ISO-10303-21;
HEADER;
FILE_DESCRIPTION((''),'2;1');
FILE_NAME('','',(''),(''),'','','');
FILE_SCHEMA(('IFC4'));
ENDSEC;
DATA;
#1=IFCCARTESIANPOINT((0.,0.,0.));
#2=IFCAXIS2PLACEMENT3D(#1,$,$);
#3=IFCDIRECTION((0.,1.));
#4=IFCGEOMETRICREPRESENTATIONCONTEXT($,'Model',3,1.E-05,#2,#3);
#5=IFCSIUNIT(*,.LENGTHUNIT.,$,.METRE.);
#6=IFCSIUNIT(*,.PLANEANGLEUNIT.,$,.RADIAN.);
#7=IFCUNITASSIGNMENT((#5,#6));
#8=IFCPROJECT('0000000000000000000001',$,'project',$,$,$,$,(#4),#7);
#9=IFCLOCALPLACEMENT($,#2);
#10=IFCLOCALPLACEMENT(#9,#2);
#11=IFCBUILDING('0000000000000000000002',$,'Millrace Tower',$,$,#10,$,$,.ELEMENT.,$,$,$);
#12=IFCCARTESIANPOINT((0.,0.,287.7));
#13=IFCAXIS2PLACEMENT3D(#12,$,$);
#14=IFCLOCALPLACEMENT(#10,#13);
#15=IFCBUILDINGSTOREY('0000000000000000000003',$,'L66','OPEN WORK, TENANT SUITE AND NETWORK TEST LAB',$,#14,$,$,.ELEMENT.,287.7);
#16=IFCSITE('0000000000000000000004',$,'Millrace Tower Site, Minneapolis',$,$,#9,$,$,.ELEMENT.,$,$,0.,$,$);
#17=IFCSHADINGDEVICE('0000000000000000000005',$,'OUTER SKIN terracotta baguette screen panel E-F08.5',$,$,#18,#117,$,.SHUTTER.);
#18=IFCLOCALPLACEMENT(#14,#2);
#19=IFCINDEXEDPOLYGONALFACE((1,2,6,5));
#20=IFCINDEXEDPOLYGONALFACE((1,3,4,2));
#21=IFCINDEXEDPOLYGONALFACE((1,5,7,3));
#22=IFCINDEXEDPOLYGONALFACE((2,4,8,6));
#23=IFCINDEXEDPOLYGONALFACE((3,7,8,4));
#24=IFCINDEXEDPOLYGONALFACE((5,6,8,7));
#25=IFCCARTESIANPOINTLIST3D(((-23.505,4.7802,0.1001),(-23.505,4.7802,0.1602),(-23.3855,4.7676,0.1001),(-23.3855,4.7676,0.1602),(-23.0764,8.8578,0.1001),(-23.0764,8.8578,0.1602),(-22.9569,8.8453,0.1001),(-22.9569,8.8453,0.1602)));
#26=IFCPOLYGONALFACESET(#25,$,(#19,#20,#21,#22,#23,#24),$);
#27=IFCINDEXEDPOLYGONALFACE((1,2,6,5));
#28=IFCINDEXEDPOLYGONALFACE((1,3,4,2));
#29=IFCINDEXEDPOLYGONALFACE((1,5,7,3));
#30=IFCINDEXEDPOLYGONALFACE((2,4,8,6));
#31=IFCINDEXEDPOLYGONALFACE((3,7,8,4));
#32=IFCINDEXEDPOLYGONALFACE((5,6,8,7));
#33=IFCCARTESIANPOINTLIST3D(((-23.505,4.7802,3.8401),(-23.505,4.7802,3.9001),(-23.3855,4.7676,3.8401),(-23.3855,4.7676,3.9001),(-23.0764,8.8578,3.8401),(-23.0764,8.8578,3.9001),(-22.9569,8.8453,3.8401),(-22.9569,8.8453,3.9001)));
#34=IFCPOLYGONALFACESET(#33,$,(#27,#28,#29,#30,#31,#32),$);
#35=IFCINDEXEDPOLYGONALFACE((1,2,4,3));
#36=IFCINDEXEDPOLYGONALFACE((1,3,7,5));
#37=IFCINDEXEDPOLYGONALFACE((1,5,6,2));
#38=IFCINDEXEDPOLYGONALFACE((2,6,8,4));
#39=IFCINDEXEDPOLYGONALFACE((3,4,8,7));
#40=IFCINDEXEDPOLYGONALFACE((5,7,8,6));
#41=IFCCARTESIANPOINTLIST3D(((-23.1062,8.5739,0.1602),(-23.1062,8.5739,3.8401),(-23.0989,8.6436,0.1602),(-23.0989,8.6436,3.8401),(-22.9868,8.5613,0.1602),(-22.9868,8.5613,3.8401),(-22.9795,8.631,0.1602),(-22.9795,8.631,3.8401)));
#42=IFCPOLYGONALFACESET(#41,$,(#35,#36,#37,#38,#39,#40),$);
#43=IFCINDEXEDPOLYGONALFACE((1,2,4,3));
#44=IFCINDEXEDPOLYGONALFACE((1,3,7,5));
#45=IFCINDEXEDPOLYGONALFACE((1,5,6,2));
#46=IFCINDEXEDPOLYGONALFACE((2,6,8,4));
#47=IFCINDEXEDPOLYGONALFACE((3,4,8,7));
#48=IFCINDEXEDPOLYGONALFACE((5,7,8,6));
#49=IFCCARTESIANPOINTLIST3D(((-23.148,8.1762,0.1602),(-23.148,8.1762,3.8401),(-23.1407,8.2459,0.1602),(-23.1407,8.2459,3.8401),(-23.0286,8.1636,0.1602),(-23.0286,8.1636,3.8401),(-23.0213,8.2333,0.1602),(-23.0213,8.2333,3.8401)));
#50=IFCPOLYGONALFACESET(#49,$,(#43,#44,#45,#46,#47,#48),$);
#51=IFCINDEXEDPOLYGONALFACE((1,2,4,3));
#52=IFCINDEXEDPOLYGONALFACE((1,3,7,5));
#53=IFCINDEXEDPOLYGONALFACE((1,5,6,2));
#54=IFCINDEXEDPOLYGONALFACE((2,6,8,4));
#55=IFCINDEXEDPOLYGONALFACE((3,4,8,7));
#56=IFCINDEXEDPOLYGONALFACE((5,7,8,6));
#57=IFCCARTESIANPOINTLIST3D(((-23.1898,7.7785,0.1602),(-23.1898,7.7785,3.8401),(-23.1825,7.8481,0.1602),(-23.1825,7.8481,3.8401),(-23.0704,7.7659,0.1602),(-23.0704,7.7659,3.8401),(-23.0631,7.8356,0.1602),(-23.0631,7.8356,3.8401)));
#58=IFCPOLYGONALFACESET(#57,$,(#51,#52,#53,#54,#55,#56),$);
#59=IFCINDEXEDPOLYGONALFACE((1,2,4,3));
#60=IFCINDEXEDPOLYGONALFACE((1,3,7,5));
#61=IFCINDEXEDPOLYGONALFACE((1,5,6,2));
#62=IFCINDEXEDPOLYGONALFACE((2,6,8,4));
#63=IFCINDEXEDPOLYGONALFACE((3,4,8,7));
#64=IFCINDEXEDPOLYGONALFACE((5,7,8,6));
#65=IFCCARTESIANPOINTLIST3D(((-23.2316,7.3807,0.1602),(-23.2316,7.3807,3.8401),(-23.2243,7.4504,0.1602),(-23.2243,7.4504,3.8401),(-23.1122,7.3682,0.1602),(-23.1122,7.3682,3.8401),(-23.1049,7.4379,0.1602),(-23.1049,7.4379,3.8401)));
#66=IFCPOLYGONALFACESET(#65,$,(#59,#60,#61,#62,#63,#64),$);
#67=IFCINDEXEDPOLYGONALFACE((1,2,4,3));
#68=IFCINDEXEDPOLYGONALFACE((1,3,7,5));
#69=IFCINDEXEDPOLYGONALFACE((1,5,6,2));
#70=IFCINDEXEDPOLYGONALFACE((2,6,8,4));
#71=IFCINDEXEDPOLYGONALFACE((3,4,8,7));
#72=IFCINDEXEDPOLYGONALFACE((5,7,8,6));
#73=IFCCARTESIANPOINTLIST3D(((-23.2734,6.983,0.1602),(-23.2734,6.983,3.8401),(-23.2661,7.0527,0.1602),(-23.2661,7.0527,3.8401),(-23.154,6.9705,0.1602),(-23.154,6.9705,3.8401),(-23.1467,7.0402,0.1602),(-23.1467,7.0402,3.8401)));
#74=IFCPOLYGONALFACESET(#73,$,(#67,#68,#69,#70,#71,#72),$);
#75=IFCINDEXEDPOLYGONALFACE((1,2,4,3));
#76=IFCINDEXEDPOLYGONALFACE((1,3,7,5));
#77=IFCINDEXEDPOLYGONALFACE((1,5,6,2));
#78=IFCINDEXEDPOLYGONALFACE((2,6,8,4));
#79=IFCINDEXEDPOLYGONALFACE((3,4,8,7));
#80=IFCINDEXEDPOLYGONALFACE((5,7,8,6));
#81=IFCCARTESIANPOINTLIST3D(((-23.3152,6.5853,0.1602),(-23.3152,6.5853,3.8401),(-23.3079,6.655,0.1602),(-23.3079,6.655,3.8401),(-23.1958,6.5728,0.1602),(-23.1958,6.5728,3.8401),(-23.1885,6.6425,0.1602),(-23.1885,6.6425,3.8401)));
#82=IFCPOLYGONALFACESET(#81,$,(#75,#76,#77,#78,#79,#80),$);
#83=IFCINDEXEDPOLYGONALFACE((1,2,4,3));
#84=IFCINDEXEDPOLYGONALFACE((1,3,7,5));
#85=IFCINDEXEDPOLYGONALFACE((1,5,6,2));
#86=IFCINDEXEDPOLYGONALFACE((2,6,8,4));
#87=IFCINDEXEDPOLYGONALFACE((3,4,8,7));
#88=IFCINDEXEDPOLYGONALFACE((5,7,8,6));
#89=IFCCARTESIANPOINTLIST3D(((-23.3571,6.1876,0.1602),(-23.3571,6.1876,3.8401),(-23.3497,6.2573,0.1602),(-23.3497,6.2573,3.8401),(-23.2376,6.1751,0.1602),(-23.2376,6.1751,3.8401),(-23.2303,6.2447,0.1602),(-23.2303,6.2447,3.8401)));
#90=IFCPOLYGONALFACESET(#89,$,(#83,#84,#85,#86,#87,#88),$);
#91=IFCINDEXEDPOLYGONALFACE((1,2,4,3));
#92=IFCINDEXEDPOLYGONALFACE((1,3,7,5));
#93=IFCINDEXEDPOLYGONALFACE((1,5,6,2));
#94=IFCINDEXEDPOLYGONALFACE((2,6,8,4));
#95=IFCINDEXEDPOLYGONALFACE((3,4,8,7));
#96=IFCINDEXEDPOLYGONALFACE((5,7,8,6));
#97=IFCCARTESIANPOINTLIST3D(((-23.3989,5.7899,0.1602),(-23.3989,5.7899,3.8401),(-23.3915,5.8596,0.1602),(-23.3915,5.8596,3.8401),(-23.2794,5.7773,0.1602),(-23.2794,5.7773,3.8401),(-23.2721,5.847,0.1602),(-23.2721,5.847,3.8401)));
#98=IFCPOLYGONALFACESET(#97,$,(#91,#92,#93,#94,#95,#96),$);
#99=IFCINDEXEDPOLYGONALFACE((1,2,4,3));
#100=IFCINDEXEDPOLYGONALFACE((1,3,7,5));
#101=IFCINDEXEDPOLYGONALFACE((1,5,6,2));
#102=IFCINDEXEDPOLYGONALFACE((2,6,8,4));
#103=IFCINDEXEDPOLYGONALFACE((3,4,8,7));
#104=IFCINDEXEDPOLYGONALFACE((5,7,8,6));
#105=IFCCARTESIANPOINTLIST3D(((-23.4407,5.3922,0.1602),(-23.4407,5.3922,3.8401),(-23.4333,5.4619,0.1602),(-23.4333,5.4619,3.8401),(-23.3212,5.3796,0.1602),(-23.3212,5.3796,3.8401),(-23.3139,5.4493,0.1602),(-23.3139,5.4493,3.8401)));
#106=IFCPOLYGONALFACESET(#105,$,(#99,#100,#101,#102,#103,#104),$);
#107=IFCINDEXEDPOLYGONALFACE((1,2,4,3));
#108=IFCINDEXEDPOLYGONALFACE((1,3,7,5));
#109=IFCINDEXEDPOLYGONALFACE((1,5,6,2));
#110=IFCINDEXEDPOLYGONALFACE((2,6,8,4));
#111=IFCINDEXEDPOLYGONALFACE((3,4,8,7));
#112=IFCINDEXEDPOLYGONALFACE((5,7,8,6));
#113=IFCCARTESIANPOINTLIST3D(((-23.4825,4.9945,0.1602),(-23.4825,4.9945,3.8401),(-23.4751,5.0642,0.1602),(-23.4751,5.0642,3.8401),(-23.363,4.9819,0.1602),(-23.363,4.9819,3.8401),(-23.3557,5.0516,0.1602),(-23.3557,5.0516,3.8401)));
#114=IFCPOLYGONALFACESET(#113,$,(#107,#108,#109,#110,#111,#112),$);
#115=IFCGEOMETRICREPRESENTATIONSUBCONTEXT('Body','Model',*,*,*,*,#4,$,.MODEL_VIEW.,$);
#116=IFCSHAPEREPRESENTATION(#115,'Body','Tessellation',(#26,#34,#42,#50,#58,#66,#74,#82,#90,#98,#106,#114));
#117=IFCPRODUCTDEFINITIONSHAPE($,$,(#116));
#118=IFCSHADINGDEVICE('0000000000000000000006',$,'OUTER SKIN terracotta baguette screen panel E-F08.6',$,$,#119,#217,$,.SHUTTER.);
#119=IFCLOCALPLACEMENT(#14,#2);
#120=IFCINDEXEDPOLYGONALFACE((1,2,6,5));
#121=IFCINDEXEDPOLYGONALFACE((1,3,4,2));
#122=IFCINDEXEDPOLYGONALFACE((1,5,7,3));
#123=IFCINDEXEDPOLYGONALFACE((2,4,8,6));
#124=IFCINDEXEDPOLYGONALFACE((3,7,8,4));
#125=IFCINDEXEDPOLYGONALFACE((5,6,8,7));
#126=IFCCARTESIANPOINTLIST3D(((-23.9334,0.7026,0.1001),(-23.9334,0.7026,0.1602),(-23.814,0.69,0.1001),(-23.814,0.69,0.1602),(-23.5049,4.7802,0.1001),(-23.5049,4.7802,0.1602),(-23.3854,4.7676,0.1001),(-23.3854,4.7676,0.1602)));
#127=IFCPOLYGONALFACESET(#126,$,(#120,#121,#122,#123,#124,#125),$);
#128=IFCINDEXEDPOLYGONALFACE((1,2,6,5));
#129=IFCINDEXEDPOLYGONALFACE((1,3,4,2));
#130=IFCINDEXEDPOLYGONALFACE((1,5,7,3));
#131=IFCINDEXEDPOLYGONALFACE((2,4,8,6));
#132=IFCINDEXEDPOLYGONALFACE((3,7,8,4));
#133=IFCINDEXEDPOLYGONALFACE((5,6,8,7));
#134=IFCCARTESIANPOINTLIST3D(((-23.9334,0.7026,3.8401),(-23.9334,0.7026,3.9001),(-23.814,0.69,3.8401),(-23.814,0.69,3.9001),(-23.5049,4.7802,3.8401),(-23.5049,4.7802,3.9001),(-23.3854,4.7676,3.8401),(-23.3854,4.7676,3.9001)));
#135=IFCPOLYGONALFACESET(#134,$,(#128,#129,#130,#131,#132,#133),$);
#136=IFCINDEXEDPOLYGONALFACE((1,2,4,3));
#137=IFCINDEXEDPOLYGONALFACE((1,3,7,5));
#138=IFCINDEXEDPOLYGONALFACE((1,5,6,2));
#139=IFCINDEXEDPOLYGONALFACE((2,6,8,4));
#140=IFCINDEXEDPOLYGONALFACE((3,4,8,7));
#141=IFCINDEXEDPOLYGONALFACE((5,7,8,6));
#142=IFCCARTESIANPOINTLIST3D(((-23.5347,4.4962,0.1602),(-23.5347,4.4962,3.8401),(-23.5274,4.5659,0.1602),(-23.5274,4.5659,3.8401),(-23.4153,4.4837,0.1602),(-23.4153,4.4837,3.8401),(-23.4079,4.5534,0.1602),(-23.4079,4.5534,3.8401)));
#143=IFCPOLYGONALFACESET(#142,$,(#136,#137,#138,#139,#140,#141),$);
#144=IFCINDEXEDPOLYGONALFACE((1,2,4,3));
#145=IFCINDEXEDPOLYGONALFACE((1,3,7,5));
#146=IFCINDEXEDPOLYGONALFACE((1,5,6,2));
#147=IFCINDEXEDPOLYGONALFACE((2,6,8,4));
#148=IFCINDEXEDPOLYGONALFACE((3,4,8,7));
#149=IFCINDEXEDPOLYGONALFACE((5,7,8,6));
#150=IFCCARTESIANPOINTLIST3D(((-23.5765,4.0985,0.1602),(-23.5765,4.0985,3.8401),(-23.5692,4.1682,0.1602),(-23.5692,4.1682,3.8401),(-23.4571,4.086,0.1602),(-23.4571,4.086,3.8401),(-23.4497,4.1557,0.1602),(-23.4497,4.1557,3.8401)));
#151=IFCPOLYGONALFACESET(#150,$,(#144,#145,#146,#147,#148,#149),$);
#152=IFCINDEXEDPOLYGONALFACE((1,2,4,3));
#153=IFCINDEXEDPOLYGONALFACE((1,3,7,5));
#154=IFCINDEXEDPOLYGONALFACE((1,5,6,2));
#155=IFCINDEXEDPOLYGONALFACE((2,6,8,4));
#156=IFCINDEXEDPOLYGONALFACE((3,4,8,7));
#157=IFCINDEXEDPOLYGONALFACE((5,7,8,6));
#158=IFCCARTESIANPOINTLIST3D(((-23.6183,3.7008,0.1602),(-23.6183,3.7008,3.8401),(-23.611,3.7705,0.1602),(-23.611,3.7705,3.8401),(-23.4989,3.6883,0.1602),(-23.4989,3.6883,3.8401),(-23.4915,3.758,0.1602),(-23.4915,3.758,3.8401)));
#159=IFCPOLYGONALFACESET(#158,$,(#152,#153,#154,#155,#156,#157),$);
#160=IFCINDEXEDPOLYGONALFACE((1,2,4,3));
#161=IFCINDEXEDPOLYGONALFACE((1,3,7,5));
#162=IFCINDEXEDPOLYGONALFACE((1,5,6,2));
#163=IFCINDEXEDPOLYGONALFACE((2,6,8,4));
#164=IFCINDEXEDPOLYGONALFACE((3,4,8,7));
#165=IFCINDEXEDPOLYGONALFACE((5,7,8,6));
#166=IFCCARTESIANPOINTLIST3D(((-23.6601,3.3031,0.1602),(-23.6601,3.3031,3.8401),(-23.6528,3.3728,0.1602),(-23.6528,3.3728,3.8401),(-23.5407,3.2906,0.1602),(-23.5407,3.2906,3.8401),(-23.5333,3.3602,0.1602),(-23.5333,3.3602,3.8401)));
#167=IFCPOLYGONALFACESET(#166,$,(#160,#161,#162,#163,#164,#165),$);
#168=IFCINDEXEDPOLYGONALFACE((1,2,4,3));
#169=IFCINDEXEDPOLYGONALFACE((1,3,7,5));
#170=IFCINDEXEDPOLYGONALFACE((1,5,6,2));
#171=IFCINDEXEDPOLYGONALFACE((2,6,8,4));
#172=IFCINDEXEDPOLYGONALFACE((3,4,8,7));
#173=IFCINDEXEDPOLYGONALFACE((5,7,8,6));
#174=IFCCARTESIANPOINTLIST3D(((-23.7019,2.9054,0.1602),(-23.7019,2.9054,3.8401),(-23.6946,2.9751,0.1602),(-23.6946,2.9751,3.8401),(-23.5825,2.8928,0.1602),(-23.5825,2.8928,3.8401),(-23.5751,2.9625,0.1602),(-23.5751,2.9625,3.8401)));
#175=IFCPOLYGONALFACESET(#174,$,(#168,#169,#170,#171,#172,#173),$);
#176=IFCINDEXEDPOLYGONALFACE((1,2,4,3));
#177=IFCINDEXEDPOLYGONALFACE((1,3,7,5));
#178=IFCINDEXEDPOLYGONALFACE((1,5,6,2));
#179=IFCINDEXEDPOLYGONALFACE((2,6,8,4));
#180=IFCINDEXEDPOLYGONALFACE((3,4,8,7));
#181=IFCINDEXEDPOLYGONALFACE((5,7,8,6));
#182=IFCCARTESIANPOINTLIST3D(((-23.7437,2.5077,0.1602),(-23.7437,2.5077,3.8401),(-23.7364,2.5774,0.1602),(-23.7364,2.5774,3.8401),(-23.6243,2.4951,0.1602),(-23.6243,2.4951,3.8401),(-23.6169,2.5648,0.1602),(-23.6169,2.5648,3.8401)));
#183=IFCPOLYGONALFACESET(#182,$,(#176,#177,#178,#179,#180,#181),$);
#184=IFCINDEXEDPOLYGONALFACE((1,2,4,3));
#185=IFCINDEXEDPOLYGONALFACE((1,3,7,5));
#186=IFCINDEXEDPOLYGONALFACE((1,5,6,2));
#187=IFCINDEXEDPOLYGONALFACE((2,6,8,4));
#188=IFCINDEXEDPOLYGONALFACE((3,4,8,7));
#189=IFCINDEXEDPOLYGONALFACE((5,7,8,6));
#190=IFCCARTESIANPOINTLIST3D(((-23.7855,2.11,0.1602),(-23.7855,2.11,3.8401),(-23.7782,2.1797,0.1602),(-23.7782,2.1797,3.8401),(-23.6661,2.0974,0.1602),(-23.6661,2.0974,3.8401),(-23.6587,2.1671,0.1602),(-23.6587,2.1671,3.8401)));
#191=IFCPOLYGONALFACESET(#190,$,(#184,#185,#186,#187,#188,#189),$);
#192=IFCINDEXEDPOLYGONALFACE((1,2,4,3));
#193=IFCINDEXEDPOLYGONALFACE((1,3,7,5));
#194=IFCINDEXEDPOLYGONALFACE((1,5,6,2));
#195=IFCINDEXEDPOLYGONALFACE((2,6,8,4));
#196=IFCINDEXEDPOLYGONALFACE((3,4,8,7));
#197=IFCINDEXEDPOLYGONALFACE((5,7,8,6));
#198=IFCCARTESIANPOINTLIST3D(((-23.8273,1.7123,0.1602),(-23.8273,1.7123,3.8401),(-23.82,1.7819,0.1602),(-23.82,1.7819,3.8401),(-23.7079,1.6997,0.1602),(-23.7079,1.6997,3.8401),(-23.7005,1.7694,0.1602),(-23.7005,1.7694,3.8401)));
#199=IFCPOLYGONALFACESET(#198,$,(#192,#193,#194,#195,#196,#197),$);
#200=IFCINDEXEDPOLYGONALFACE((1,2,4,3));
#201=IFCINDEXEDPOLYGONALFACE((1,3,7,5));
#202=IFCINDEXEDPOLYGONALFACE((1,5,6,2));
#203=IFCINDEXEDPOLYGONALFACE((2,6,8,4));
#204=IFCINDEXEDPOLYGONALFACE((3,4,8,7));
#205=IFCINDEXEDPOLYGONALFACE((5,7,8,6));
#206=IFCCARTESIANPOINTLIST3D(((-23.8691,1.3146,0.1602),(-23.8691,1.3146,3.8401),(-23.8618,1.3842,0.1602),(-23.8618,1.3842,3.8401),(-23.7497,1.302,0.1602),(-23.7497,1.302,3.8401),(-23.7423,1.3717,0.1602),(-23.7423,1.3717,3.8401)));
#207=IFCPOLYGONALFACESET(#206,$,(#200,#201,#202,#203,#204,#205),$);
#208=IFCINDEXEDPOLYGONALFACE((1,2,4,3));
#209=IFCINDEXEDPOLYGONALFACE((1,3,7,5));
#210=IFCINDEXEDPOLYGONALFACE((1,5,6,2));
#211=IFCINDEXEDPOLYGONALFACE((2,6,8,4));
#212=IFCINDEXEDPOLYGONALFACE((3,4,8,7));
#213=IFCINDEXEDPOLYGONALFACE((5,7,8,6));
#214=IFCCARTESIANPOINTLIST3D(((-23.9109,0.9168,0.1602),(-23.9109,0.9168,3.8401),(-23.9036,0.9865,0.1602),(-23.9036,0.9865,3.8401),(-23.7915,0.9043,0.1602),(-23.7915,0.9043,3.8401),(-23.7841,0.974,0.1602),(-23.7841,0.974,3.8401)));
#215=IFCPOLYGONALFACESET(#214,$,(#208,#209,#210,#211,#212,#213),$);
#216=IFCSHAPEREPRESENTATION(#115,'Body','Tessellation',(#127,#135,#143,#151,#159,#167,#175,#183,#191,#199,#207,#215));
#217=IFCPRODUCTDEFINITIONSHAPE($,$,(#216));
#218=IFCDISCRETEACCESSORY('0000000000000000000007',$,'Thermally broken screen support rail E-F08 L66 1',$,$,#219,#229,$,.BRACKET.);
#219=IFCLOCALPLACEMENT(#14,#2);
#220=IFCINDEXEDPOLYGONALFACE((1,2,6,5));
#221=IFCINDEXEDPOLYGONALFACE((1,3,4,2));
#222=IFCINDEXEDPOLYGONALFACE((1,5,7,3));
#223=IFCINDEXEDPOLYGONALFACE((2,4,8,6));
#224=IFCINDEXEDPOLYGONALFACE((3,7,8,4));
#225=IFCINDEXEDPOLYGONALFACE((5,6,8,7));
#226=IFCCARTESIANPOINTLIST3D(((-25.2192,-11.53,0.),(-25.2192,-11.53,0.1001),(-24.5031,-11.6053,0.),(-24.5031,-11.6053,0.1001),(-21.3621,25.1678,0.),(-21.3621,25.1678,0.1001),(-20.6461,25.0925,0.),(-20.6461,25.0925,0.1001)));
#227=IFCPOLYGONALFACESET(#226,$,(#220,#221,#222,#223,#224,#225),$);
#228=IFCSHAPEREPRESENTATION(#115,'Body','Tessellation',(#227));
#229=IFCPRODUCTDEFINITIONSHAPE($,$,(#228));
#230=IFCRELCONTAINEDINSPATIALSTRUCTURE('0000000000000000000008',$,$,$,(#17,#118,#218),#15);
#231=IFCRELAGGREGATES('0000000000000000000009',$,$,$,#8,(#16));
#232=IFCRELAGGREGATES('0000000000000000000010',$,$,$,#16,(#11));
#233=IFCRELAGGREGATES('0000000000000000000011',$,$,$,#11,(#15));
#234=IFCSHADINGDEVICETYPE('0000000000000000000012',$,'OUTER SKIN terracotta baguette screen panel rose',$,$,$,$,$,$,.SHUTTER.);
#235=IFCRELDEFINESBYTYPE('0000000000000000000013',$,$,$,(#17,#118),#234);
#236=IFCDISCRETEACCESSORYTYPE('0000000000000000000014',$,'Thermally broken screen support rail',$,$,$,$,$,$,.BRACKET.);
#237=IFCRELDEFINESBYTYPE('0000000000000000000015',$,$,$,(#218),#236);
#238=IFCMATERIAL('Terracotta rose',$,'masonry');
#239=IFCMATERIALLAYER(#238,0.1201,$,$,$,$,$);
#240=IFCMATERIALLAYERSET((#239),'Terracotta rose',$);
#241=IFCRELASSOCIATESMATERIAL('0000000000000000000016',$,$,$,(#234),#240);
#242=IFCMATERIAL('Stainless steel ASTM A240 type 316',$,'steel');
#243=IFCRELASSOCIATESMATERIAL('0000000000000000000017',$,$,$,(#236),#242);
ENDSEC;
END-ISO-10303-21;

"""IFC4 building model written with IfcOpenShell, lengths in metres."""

from ifc_helpers import new_model, entity, si_unit, direction, frame, frame_2d, origin, origin_2d, place, context, subcontext, project, spatial, rectangle, extrude, source, transform, mapped, material, layer, layer_set, type_object, element, save


model = new_model("IFC4")

# Units and contexts
model_context = context("Model", 3, precision=1e-05, world=origin(), true_north=direction((0.0, 1.0)))
body_context = subcontext(model_context, "Body", "Model", "MODEL_VIEW")
ifc_project = project(units=[si_unit("LENGTHUNIT", "METRE"), si_unit("PLANEANGLEUNIT", "RADIAN")], contexts=[model_context])

# Site, building, storey
site_placement = place(None, origin())
site = spatial("IfcSite", under=ifc_project, at=site_placement, Name="Millrace Tower Site, Minneapolis", CompositionType="ELEMENT", RefElevation=0.0)
building_placement = place(site_placement, origin())
building = spatial("IfcBuilding", under=site, at=building_placement, Name="Millrace Tower", CompositionType="ELEMENT")
storey_placement = place(building_placement, frame((0.0, 0.0, 287.7)))
storey = spatial("IfcBuildingStorey", under=building, at=storey_placement, Name="L66", Description="OPEN WORK, TENANT SUITE AND NETWORK TEST LAB", CompositionType="ELEMENT", Elevation=287.7)

# Shading devices
ifc_material_1 = material(Name="Terracotta rose", Category="masonry")
ifc_layer_1 = layer(ifc_material_1, 0.1201)
ifc_layer_set_1 = layer_set([ifc_layer_1], Name="Terracotta rose")
shading_device_type = type_object("IfcShadingDeviceType", Name="OUTER SKIN terracotta baguette screen panel rose", PredefinedType="SHUTTER", material=ifc_layer_set_1)
cartesian_point = entity("IfcCartesianPoint", [-2.05, 0.0601])
shared_polyline = entity("IfcPolyline", [cartesian_point, entity("IfcCartesianPoint", [2.05, 0.0601]), entity("IfcCartesianPoint", [2.05, -0.0601]), entity("IfcCartesianPoint", [-2.05, -0.0601]), cartesian_point])
shared_shape = source(origin(), body_context, "Body", "SweptSolid", [
    entity("IfcExtrudedAreaSolid", entity("IfcArbitraryClosedProfileDef", "AREA", None, shared_polyline), entity("IfcAxis2Placement3D", entity("IfcCartesianPoint", [0.0, 0.0, 0.0])), entity("IfcDirection", [0.0, 0.0, 1.0]), 0.0601),
    entity("IfcExtrudedAreaSolid", entity("IfcArbitraryClosedProfileDef", "AREA", None, shared_polyline), entity("IfcAxis2Placement3D", entity("IfcCartesianPoint", [0.0, 0.0, 3.74])), entity("IfcDirection", [0.0, 0.0, 1.0]), 0.0601),
    extrude(rectangle(XDim=0.0701, YDim=0.1201, at=frame_2d((-1.7996, 0.0))), frame((0.0, 0.0, 0.0601)), (0.0, 0.0, 1.0), 3.6799),
    extrude(rectangle(XDim=0.0701, YDim=0.1201, at=frame_2d((-1.3997, 0.0))), frame((0.0, 0.0, 0.0601)), (0.0, 0.0, 1.0), 3.6799),
    extrude(rectangle(XDim=0.0701, YDim=0.1201, at=frame_2d((-0.9998, 0.0))), frame((0.0, 0.0, 0.0601)), (0.0, 0.0, 1.0), 3.6799),
    extrude(rectangle(XDim=0.0701, YDim=0.1201, at=frame_2d((-0.5999, 0.0))), frame((0.0, 0.0, 0.0601)), (0.0, 0.0, 1.0), 3.6799),
    extrude(rectangle(XDim=0.0701, YDim=0.1201, at=frame_2d((-0.2, 0.0))), frame((0.0, 0.0, 0.0601)), (0.0, 0.0, 1.0), 3.6799),
    extrude(rectangle(XDim=0.0701, YDim=0.1201, at=frame_2d((0.2, 0.0))), frame((0.0, 0.0, 0.0601)), (0.0, 0.0, 1.0), 3.6799),
    extrude(rectangle(XDim=0.0701, YDim=0.1201, at=frame_2d((0.5999, 0.0))), frame((0.0, 0.0, 0.0601)), (0.0, 0.0, 1.0), 3.6799),
    extrude(rectangle(XDim=0.0701, YDim=0.1201, at=frame_2d((0.9998, 0.0))), frame((0.0, 0.0, 0.0601)), (0.0, 0.0, 1.0), 3.6799),
    extrude(rectangle(XDim=0.0701, YDim=0.1201, at=frame_2d((1.3997, 0.0))), frame((0.0, 0.0, 0.0601)), (0.0, 0.0, 1.0), 3.6799),
    extrude(rectangle(XDim=0.0701, YDim=0.1201, at=frame_2d((1.7996, 0.0))), frame((0.0, 0.0, 0.0601)), (0.0, 0.0, 1.0), 3.6799),
])
for number, where, z_axis, x_axis, name in (
    (1, (-23.231, 6.8127, 0.1001), (0.0, 0.0, 1.0), (-0.104528, -0.994522, 0.0), "OUTER SKIN terracotta baguette screen panel E-F08.5"),
    (2, (-23.6594, 2.7351, 0.1001), (0.0, 0.0, 1.0), (-0.104528, -0.994522, 0.0), "OUTER SKIN terracotta baguette screen panel E-F08.6"),
):
    element("IfcShadingDevice", number, at=place(storey_placement, frame(where, z_axis=z_axis, x_axis=x_axis)), inside=storey, type_object=shading_device_type, Name=name, PredefinedType="SHUTTER", context=body_context, shape_type="MappedRepresentation", body=[
        mapped(shared_shape, transform((0.0, 0.0, 0.0), scale=1.0)),
    ])

# Discrete accessory
ifc_material_2 = material(Name="Stainless steel ASTM A240 type 316", Category="steel")
discrete_accessory_type = type_object("IfcDiscreteAccessoryType", Name="Thermally broken screen support rail", PredefinedType="BRACKET", material=ifc_material_2)
discrete_accessory_placement = place(storey_placement, frame((-22.9326, 6.7812, 0.0), z_axis=(0.0, 0.0, 1.0), x_axis=(-0.104528, -0.994522, 0.0)))
element("IfcDiscreteAccessory", 3, at=discrete_accessory_placement, inside=storey, type_object=discrete_accessory_type, Name="Thermally broken screen support rail E-F08 L66 1", PredefinedType="BRACKET", context=body_context, shape_type="SweptSolid", body=[
    extrude(rectangle(XDim=36.8999, YDim=0.72, at=origin_2d()), origin(), (0.0, 0.0, 1.0), 0.1001),
])

save(model, "model.ifc")
